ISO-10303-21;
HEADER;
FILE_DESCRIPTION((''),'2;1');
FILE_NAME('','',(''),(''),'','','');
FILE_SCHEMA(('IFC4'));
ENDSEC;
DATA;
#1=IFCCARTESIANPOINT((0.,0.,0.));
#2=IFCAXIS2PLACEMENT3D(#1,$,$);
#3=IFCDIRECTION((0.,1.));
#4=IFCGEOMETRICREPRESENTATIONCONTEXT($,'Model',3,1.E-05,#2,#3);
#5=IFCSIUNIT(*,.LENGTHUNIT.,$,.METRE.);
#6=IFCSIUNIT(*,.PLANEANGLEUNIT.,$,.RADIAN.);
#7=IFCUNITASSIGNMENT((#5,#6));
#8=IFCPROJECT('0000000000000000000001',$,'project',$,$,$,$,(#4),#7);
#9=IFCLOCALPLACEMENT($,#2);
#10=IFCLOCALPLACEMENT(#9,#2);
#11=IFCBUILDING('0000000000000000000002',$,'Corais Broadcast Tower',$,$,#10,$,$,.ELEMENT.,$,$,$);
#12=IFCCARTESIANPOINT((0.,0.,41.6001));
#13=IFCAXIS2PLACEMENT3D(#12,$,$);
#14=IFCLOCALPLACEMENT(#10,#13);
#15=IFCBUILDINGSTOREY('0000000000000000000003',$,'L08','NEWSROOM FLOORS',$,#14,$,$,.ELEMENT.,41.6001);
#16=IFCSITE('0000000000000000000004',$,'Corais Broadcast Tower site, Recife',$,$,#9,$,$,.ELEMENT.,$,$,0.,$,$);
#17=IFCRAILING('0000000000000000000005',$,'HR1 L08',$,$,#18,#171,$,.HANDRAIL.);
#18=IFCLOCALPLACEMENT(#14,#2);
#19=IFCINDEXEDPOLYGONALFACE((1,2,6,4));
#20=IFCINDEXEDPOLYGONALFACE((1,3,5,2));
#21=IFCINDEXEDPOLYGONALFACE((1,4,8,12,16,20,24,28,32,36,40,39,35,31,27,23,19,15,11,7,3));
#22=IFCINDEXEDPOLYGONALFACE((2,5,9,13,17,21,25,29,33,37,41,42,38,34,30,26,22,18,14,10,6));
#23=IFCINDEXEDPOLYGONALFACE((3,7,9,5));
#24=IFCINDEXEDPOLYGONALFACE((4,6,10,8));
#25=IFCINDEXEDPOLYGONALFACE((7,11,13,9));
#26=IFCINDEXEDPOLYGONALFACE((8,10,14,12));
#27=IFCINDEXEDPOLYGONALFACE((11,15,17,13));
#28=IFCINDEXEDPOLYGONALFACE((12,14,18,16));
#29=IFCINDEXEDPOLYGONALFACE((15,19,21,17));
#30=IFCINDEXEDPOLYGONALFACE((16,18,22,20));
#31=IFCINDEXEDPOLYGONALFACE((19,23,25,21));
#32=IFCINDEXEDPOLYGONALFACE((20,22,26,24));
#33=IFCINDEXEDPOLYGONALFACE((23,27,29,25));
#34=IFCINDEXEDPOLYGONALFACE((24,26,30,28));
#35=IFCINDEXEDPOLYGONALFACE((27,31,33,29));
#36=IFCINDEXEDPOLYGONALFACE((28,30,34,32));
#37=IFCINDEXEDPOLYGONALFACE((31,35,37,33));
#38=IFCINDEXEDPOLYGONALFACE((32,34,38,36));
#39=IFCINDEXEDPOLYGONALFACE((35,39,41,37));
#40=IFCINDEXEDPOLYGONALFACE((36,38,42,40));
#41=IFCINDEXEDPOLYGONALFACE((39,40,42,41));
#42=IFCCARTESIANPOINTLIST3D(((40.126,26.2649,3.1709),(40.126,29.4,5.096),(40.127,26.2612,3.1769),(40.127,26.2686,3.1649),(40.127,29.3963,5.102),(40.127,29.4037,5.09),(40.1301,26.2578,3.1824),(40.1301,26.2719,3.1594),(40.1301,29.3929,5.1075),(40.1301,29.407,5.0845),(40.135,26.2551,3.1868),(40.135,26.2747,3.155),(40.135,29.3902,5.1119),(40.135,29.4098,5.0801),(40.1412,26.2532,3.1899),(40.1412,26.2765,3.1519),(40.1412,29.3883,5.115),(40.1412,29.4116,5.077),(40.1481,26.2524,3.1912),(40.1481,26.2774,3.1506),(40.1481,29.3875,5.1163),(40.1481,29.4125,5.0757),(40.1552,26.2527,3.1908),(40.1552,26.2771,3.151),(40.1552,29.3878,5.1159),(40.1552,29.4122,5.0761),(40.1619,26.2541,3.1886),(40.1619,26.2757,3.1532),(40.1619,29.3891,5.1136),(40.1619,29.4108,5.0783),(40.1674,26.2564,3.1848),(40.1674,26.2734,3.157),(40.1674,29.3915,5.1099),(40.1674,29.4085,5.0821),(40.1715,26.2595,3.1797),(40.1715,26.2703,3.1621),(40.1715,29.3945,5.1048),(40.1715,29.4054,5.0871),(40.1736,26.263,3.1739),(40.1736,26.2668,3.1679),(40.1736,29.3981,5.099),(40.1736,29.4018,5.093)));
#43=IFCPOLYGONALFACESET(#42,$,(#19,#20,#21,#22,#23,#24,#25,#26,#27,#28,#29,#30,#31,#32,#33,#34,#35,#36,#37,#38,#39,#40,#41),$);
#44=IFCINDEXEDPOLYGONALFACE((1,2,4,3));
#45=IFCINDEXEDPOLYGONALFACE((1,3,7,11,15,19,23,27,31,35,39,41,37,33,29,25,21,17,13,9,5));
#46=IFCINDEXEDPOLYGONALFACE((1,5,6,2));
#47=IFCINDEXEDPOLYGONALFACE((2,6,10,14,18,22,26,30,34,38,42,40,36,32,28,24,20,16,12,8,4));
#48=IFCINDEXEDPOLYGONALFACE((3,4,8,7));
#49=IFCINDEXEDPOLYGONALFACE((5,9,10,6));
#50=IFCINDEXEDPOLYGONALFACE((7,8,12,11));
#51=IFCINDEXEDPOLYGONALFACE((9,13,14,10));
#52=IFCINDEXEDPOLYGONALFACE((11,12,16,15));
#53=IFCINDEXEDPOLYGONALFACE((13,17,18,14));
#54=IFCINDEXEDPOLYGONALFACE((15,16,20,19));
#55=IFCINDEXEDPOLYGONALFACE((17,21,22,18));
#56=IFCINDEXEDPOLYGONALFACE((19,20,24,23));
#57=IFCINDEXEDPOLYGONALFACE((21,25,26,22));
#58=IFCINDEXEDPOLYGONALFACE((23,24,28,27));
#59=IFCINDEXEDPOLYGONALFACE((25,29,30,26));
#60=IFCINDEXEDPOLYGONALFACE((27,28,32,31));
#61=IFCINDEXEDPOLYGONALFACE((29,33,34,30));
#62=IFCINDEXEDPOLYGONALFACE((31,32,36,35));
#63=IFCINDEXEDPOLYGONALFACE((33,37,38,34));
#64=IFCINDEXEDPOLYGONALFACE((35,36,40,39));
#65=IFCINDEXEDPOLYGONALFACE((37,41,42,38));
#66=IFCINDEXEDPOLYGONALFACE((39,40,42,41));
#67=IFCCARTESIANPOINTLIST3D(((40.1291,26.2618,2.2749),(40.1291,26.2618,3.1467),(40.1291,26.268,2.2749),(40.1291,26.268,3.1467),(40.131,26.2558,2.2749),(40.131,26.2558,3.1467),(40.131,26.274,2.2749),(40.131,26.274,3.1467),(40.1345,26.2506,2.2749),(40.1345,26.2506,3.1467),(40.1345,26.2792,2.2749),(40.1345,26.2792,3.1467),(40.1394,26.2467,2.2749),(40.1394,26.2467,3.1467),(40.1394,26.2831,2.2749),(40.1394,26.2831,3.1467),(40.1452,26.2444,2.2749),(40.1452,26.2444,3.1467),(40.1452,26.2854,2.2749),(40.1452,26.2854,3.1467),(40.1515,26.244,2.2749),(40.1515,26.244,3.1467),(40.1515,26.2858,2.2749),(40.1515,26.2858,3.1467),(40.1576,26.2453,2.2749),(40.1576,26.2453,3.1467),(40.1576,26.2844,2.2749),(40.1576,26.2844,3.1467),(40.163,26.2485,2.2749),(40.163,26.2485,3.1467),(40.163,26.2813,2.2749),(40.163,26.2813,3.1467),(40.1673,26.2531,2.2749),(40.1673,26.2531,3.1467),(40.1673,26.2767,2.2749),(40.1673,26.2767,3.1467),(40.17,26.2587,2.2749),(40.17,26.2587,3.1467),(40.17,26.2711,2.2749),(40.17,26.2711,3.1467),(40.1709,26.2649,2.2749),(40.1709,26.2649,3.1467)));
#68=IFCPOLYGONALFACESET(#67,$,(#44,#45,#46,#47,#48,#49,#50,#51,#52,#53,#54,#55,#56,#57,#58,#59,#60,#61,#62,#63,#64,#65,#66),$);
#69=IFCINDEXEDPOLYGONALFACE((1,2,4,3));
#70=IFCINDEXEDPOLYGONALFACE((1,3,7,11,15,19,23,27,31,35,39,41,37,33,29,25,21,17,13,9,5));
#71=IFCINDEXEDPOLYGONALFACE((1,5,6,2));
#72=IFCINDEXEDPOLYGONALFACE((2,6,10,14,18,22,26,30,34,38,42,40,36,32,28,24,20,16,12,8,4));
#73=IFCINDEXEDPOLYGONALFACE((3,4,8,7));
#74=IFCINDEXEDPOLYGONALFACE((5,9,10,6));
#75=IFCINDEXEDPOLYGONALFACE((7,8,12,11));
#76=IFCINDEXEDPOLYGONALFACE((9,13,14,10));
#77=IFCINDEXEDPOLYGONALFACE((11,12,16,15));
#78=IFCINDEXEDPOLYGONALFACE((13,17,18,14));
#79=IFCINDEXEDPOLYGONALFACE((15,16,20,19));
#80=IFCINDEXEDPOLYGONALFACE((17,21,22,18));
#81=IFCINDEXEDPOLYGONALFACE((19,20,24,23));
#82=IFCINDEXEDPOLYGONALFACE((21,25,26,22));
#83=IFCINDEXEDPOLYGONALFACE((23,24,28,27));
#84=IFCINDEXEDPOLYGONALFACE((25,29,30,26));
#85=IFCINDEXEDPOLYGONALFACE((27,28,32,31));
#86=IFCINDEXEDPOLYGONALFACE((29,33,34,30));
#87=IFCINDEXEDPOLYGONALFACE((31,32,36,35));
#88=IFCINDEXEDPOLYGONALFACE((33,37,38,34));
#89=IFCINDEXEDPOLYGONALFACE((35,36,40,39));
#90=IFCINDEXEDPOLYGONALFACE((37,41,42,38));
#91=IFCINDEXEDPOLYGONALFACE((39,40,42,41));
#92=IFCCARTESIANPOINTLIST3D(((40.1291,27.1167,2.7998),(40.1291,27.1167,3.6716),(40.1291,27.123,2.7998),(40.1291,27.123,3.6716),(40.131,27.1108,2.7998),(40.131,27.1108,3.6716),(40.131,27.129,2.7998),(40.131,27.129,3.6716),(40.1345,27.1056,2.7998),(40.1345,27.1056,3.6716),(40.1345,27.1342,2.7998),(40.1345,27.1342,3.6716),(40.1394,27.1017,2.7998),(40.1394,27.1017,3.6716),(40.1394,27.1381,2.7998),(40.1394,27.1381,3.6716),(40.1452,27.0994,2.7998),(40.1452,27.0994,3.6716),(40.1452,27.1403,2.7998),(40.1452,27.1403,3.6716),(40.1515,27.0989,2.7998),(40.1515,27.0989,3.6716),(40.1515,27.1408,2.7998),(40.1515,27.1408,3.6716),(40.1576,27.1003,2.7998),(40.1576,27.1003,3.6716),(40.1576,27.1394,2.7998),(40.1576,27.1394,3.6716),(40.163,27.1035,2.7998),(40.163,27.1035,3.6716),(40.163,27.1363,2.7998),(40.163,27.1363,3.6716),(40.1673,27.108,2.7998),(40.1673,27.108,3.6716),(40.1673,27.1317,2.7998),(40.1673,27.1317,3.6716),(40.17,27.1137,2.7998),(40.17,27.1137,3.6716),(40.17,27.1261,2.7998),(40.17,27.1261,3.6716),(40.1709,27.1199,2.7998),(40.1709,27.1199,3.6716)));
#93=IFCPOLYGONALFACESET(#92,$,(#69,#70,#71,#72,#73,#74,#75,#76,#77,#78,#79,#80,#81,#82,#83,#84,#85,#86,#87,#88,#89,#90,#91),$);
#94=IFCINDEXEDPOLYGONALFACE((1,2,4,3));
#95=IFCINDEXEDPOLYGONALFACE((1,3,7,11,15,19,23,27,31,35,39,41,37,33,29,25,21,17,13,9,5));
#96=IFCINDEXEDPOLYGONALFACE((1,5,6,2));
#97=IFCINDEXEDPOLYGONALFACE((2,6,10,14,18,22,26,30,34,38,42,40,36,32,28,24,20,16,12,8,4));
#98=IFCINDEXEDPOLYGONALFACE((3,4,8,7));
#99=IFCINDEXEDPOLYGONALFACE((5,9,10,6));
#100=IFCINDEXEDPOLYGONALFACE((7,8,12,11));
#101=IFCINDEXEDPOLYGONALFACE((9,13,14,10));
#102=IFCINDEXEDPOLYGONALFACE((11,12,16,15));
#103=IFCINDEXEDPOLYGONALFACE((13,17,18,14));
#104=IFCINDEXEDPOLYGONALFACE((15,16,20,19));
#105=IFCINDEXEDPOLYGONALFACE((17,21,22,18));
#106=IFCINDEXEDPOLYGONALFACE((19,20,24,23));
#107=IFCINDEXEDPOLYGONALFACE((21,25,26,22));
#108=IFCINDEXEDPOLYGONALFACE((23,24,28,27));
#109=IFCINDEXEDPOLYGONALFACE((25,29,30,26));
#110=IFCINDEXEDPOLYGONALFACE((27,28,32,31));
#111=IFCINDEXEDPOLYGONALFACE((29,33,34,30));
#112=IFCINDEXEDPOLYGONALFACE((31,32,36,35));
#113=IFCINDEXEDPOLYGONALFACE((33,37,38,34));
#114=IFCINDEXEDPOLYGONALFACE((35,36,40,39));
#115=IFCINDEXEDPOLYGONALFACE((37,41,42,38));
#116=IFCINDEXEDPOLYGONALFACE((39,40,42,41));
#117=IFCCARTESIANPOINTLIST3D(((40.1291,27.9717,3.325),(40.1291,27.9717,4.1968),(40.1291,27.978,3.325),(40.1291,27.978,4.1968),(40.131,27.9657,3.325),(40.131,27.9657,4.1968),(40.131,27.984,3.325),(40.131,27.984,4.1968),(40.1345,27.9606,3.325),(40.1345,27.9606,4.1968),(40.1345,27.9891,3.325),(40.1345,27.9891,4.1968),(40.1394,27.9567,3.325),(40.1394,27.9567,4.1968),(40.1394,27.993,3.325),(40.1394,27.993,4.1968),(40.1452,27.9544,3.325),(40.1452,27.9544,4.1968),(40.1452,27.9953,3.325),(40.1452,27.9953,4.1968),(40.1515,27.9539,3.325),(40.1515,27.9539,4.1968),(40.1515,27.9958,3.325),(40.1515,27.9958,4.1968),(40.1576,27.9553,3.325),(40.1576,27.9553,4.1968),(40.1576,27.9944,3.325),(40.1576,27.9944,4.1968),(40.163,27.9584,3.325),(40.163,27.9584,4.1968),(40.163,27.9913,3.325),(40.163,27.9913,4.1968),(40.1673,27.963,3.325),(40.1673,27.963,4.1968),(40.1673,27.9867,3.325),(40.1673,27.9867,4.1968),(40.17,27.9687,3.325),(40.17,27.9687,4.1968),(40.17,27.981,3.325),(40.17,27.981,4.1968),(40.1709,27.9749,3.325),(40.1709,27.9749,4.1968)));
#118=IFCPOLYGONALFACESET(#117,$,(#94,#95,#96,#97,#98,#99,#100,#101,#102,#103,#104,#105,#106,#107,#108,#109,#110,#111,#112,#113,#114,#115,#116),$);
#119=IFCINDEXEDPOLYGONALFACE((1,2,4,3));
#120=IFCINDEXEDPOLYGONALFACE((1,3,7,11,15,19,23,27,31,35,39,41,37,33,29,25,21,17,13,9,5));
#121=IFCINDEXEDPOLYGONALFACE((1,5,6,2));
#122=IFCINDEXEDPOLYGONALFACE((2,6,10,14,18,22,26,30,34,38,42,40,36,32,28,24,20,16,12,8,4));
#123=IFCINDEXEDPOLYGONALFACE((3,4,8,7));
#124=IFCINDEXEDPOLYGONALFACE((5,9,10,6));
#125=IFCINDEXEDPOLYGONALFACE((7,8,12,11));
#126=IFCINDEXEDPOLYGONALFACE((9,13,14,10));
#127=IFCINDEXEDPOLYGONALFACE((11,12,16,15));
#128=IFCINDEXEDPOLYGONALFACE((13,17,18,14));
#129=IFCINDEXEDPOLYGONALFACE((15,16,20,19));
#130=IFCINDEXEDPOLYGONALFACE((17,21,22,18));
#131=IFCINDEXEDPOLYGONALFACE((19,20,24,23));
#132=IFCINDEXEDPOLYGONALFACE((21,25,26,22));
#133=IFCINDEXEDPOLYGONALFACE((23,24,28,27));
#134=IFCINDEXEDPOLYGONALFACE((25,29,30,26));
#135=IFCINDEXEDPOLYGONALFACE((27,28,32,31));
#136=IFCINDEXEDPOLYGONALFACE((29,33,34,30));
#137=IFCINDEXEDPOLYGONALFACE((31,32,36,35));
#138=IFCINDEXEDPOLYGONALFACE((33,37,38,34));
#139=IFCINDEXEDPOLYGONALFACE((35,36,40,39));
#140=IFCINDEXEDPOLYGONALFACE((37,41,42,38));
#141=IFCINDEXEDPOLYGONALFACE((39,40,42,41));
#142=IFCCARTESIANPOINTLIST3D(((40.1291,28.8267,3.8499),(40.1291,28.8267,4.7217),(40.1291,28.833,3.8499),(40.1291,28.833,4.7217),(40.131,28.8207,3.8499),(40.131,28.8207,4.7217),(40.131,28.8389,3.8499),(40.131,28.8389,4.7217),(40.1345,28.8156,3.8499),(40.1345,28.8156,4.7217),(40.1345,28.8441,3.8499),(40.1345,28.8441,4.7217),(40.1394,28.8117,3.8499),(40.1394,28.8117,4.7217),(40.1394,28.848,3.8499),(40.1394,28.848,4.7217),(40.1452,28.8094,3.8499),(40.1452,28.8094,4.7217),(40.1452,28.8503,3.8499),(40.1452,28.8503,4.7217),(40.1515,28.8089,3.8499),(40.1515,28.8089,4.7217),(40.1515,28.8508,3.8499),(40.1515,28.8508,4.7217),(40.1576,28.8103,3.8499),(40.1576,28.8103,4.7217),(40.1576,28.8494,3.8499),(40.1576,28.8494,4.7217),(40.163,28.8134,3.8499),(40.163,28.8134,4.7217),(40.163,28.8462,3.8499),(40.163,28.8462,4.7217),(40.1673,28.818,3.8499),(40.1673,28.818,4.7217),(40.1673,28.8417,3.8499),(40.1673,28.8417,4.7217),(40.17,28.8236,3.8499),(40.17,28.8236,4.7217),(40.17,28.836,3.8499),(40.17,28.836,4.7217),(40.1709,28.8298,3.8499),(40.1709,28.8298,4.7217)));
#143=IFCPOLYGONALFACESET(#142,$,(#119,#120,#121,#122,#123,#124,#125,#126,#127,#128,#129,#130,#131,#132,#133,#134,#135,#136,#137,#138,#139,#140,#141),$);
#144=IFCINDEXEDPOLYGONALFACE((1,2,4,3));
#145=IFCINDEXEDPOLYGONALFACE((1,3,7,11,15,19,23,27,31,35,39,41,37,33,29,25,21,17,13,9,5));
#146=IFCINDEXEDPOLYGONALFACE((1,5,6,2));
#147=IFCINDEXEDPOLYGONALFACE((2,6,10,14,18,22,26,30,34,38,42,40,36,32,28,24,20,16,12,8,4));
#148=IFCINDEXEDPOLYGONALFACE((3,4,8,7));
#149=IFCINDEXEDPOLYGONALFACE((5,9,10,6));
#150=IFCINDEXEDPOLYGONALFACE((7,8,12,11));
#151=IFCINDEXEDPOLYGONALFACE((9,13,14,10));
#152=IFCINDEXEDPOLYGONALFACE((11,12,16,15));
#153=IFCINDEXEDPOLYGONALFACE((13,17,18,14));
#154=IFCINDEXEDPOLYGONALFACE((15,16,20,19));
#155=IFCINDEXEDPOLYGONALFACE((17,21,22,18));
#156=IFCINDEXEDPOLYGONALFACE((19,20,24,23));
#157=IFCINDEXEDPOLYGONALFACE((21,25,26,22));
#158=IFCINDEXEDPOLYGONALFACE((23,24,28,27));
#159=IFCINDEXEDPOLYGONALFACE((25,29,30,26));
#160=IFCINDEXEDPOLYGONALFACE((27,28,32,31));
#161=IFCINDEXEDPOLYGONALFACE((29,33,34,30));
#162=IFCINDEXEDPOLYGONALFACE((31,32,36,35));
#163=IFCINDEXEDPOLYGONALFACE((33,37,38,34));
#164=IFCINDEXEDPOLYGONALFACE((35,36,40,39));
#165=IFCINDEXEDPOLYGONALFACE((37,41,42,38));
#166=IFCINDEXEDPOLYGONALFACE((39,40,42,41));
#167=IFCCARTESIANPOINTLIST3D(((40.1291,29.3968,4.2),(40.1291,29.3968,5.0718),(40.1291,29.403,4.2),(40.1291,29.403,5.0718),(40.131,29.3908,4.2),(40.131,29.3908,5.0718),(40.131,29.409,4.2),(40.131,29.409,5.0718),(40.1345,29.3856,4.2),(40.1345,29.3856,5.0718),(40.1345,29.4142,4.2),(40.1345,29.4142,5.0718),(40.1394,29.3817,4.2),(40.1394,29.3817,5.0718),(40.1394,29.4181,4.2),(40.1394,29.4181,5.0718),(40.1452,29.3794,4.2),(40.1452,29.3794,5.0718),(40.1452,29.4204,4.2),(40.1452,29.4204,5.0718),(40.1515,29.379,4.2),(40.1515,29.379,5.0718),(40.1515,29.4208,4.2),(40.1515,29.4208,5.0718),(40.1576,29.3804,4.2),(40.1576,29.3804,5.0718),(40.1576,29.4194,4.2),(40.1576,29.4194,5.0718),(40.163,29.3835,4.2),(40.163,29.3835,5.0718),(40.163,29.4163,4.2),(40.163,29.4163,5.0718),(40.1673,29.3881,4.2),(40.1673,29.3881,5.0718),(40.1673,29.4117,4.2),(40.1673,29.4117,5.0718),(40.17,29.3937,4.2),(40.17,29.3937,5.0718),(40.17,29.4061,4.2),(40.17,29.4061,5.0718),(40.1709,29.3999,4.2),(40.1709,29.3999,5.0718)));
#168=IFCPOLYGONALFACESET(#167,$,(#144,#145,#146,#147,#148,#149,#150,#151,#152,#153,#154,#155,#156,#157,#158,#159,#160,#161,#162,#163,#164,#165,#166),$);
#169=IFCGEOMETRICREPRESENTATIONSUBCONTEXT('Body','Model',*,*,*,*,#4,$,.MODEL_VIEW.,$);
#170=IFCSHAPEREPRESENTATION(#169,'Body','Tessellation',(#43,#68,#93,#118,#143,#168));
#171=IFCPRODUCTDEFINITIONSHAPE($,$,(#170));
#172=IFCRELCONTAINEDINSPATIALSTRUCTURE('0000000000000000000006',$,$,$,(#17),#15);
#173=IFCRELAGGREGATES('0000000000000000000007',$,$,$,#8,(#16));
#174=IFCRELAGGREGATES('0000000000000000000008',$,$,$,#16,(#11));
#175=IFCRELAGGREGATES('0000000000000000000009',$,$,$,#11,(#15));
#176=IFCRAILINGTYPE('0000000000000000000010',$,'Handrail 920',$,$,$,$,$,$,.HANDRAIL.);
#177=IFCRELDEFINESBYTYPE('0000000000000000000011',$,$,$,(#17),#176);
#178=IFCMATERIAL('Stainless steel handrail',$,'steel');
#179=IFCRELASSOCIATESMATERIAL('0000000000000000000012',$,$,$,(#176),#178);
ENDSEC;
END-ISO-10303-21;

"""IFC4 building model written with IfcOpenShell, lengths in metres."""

from ifc_helpers import new_model, si_unit, direction, frame, origin, origin_2d, place, context, subcontext, project, spatial, circle, extrude, material, type_object, element, save


model = new_model("IFC4")

# Units and contexts
model_context = context("Model", 3, precision=1e-05, world=origin(), true_north=direction((0.0, 1.0)))
body_context = subcontext(model_context, "Body", "Model", "MODEL_VIEW")
ifc_project = project(units=[si_unit("LENGTHUNIT", "METRE"), si_unit("PLANEANGLEUNIT", "RADIAN")], contexts=[model_context])

# Site, building, storey
site_placement = place(None, origin())
site = spatial("IfcSite", under=ifc_project, at=site_placement, Name="Corais Broadcast Tower site, Recife", CompositionType="ELEMENT", RefElevation=0.0)
building_placement = place(site_placement, origin())
building = spatial("IfcBuilding", under=site, at=building_placement, Name="Corais Broadcast Tower", CompositionType="ELEMENT")
storey_placement = place(building_placement, frame((0.0, 0.0, 41.6001)))
storey = spatial("IfcBuildingStorey", under=building, at=storey_placement, Name="L08", Description="NEWSROOM FLOORS", CompositionType="ELEMENT", Elevation=41.6001)

# Railing
ifc_material_1 = material(Name="Stainless steel handrail", Category="steel")
railing_type_1 = type_object("IfcRailingType", Name="Handrail 920", PredefinedType="HANDRAIL", material=ifc_material_1)
for number, where, name in (
    (1, (40.1499, 26.2649, 2.2749), "HR1 L08"),
):
    element("IfcRailing", number, at=place(storey_placement, frame(where)), inside=storey, type_object=railing_type_1, Name=name, PredefinedType="HANDRAIL", context=body_context, shape_type="SweptSolid", body=[
        extrude(circle(Radius=0.0239, at=origin_2d()), frame((0.0, 0.0, 0.896), z_axis=(0.0, 0.852166, 0.523271), x_axis=(-1.0, 0.0, 0.0)), (0.0, 0.0, 1.0), 3.679),
        extrude(circle(Radius=0.021, at=origin_2d()), origin(), (0.0, 0.0, 1.0), 0.8718),
        extrude(circle(Radius=0.021, at=origin_2d()), frame((0.0, 0.855, 0.5249)), (0.0, 0.0, 1.0), 0.8718),
        extrude(circle(Radius=0.021, at=origin_2d()), frame((0.0, 1.71, 1.05)), (0.0, 0.0, 1.0), 0.8718),
        extrude(circle(Radius=0.021, at=origin_2d()), frame((0.0, 2.5649, 1.575)), (0.0, 0.0, 1.0), 0.8718),
        extrude(circle(Radius=0.021, at=origin_2d()), frame((0.0, 3.135, 1.925)), (0.0, 0.0, 1.0), 0.8718),
    ])

save(model, "model.ifc")
